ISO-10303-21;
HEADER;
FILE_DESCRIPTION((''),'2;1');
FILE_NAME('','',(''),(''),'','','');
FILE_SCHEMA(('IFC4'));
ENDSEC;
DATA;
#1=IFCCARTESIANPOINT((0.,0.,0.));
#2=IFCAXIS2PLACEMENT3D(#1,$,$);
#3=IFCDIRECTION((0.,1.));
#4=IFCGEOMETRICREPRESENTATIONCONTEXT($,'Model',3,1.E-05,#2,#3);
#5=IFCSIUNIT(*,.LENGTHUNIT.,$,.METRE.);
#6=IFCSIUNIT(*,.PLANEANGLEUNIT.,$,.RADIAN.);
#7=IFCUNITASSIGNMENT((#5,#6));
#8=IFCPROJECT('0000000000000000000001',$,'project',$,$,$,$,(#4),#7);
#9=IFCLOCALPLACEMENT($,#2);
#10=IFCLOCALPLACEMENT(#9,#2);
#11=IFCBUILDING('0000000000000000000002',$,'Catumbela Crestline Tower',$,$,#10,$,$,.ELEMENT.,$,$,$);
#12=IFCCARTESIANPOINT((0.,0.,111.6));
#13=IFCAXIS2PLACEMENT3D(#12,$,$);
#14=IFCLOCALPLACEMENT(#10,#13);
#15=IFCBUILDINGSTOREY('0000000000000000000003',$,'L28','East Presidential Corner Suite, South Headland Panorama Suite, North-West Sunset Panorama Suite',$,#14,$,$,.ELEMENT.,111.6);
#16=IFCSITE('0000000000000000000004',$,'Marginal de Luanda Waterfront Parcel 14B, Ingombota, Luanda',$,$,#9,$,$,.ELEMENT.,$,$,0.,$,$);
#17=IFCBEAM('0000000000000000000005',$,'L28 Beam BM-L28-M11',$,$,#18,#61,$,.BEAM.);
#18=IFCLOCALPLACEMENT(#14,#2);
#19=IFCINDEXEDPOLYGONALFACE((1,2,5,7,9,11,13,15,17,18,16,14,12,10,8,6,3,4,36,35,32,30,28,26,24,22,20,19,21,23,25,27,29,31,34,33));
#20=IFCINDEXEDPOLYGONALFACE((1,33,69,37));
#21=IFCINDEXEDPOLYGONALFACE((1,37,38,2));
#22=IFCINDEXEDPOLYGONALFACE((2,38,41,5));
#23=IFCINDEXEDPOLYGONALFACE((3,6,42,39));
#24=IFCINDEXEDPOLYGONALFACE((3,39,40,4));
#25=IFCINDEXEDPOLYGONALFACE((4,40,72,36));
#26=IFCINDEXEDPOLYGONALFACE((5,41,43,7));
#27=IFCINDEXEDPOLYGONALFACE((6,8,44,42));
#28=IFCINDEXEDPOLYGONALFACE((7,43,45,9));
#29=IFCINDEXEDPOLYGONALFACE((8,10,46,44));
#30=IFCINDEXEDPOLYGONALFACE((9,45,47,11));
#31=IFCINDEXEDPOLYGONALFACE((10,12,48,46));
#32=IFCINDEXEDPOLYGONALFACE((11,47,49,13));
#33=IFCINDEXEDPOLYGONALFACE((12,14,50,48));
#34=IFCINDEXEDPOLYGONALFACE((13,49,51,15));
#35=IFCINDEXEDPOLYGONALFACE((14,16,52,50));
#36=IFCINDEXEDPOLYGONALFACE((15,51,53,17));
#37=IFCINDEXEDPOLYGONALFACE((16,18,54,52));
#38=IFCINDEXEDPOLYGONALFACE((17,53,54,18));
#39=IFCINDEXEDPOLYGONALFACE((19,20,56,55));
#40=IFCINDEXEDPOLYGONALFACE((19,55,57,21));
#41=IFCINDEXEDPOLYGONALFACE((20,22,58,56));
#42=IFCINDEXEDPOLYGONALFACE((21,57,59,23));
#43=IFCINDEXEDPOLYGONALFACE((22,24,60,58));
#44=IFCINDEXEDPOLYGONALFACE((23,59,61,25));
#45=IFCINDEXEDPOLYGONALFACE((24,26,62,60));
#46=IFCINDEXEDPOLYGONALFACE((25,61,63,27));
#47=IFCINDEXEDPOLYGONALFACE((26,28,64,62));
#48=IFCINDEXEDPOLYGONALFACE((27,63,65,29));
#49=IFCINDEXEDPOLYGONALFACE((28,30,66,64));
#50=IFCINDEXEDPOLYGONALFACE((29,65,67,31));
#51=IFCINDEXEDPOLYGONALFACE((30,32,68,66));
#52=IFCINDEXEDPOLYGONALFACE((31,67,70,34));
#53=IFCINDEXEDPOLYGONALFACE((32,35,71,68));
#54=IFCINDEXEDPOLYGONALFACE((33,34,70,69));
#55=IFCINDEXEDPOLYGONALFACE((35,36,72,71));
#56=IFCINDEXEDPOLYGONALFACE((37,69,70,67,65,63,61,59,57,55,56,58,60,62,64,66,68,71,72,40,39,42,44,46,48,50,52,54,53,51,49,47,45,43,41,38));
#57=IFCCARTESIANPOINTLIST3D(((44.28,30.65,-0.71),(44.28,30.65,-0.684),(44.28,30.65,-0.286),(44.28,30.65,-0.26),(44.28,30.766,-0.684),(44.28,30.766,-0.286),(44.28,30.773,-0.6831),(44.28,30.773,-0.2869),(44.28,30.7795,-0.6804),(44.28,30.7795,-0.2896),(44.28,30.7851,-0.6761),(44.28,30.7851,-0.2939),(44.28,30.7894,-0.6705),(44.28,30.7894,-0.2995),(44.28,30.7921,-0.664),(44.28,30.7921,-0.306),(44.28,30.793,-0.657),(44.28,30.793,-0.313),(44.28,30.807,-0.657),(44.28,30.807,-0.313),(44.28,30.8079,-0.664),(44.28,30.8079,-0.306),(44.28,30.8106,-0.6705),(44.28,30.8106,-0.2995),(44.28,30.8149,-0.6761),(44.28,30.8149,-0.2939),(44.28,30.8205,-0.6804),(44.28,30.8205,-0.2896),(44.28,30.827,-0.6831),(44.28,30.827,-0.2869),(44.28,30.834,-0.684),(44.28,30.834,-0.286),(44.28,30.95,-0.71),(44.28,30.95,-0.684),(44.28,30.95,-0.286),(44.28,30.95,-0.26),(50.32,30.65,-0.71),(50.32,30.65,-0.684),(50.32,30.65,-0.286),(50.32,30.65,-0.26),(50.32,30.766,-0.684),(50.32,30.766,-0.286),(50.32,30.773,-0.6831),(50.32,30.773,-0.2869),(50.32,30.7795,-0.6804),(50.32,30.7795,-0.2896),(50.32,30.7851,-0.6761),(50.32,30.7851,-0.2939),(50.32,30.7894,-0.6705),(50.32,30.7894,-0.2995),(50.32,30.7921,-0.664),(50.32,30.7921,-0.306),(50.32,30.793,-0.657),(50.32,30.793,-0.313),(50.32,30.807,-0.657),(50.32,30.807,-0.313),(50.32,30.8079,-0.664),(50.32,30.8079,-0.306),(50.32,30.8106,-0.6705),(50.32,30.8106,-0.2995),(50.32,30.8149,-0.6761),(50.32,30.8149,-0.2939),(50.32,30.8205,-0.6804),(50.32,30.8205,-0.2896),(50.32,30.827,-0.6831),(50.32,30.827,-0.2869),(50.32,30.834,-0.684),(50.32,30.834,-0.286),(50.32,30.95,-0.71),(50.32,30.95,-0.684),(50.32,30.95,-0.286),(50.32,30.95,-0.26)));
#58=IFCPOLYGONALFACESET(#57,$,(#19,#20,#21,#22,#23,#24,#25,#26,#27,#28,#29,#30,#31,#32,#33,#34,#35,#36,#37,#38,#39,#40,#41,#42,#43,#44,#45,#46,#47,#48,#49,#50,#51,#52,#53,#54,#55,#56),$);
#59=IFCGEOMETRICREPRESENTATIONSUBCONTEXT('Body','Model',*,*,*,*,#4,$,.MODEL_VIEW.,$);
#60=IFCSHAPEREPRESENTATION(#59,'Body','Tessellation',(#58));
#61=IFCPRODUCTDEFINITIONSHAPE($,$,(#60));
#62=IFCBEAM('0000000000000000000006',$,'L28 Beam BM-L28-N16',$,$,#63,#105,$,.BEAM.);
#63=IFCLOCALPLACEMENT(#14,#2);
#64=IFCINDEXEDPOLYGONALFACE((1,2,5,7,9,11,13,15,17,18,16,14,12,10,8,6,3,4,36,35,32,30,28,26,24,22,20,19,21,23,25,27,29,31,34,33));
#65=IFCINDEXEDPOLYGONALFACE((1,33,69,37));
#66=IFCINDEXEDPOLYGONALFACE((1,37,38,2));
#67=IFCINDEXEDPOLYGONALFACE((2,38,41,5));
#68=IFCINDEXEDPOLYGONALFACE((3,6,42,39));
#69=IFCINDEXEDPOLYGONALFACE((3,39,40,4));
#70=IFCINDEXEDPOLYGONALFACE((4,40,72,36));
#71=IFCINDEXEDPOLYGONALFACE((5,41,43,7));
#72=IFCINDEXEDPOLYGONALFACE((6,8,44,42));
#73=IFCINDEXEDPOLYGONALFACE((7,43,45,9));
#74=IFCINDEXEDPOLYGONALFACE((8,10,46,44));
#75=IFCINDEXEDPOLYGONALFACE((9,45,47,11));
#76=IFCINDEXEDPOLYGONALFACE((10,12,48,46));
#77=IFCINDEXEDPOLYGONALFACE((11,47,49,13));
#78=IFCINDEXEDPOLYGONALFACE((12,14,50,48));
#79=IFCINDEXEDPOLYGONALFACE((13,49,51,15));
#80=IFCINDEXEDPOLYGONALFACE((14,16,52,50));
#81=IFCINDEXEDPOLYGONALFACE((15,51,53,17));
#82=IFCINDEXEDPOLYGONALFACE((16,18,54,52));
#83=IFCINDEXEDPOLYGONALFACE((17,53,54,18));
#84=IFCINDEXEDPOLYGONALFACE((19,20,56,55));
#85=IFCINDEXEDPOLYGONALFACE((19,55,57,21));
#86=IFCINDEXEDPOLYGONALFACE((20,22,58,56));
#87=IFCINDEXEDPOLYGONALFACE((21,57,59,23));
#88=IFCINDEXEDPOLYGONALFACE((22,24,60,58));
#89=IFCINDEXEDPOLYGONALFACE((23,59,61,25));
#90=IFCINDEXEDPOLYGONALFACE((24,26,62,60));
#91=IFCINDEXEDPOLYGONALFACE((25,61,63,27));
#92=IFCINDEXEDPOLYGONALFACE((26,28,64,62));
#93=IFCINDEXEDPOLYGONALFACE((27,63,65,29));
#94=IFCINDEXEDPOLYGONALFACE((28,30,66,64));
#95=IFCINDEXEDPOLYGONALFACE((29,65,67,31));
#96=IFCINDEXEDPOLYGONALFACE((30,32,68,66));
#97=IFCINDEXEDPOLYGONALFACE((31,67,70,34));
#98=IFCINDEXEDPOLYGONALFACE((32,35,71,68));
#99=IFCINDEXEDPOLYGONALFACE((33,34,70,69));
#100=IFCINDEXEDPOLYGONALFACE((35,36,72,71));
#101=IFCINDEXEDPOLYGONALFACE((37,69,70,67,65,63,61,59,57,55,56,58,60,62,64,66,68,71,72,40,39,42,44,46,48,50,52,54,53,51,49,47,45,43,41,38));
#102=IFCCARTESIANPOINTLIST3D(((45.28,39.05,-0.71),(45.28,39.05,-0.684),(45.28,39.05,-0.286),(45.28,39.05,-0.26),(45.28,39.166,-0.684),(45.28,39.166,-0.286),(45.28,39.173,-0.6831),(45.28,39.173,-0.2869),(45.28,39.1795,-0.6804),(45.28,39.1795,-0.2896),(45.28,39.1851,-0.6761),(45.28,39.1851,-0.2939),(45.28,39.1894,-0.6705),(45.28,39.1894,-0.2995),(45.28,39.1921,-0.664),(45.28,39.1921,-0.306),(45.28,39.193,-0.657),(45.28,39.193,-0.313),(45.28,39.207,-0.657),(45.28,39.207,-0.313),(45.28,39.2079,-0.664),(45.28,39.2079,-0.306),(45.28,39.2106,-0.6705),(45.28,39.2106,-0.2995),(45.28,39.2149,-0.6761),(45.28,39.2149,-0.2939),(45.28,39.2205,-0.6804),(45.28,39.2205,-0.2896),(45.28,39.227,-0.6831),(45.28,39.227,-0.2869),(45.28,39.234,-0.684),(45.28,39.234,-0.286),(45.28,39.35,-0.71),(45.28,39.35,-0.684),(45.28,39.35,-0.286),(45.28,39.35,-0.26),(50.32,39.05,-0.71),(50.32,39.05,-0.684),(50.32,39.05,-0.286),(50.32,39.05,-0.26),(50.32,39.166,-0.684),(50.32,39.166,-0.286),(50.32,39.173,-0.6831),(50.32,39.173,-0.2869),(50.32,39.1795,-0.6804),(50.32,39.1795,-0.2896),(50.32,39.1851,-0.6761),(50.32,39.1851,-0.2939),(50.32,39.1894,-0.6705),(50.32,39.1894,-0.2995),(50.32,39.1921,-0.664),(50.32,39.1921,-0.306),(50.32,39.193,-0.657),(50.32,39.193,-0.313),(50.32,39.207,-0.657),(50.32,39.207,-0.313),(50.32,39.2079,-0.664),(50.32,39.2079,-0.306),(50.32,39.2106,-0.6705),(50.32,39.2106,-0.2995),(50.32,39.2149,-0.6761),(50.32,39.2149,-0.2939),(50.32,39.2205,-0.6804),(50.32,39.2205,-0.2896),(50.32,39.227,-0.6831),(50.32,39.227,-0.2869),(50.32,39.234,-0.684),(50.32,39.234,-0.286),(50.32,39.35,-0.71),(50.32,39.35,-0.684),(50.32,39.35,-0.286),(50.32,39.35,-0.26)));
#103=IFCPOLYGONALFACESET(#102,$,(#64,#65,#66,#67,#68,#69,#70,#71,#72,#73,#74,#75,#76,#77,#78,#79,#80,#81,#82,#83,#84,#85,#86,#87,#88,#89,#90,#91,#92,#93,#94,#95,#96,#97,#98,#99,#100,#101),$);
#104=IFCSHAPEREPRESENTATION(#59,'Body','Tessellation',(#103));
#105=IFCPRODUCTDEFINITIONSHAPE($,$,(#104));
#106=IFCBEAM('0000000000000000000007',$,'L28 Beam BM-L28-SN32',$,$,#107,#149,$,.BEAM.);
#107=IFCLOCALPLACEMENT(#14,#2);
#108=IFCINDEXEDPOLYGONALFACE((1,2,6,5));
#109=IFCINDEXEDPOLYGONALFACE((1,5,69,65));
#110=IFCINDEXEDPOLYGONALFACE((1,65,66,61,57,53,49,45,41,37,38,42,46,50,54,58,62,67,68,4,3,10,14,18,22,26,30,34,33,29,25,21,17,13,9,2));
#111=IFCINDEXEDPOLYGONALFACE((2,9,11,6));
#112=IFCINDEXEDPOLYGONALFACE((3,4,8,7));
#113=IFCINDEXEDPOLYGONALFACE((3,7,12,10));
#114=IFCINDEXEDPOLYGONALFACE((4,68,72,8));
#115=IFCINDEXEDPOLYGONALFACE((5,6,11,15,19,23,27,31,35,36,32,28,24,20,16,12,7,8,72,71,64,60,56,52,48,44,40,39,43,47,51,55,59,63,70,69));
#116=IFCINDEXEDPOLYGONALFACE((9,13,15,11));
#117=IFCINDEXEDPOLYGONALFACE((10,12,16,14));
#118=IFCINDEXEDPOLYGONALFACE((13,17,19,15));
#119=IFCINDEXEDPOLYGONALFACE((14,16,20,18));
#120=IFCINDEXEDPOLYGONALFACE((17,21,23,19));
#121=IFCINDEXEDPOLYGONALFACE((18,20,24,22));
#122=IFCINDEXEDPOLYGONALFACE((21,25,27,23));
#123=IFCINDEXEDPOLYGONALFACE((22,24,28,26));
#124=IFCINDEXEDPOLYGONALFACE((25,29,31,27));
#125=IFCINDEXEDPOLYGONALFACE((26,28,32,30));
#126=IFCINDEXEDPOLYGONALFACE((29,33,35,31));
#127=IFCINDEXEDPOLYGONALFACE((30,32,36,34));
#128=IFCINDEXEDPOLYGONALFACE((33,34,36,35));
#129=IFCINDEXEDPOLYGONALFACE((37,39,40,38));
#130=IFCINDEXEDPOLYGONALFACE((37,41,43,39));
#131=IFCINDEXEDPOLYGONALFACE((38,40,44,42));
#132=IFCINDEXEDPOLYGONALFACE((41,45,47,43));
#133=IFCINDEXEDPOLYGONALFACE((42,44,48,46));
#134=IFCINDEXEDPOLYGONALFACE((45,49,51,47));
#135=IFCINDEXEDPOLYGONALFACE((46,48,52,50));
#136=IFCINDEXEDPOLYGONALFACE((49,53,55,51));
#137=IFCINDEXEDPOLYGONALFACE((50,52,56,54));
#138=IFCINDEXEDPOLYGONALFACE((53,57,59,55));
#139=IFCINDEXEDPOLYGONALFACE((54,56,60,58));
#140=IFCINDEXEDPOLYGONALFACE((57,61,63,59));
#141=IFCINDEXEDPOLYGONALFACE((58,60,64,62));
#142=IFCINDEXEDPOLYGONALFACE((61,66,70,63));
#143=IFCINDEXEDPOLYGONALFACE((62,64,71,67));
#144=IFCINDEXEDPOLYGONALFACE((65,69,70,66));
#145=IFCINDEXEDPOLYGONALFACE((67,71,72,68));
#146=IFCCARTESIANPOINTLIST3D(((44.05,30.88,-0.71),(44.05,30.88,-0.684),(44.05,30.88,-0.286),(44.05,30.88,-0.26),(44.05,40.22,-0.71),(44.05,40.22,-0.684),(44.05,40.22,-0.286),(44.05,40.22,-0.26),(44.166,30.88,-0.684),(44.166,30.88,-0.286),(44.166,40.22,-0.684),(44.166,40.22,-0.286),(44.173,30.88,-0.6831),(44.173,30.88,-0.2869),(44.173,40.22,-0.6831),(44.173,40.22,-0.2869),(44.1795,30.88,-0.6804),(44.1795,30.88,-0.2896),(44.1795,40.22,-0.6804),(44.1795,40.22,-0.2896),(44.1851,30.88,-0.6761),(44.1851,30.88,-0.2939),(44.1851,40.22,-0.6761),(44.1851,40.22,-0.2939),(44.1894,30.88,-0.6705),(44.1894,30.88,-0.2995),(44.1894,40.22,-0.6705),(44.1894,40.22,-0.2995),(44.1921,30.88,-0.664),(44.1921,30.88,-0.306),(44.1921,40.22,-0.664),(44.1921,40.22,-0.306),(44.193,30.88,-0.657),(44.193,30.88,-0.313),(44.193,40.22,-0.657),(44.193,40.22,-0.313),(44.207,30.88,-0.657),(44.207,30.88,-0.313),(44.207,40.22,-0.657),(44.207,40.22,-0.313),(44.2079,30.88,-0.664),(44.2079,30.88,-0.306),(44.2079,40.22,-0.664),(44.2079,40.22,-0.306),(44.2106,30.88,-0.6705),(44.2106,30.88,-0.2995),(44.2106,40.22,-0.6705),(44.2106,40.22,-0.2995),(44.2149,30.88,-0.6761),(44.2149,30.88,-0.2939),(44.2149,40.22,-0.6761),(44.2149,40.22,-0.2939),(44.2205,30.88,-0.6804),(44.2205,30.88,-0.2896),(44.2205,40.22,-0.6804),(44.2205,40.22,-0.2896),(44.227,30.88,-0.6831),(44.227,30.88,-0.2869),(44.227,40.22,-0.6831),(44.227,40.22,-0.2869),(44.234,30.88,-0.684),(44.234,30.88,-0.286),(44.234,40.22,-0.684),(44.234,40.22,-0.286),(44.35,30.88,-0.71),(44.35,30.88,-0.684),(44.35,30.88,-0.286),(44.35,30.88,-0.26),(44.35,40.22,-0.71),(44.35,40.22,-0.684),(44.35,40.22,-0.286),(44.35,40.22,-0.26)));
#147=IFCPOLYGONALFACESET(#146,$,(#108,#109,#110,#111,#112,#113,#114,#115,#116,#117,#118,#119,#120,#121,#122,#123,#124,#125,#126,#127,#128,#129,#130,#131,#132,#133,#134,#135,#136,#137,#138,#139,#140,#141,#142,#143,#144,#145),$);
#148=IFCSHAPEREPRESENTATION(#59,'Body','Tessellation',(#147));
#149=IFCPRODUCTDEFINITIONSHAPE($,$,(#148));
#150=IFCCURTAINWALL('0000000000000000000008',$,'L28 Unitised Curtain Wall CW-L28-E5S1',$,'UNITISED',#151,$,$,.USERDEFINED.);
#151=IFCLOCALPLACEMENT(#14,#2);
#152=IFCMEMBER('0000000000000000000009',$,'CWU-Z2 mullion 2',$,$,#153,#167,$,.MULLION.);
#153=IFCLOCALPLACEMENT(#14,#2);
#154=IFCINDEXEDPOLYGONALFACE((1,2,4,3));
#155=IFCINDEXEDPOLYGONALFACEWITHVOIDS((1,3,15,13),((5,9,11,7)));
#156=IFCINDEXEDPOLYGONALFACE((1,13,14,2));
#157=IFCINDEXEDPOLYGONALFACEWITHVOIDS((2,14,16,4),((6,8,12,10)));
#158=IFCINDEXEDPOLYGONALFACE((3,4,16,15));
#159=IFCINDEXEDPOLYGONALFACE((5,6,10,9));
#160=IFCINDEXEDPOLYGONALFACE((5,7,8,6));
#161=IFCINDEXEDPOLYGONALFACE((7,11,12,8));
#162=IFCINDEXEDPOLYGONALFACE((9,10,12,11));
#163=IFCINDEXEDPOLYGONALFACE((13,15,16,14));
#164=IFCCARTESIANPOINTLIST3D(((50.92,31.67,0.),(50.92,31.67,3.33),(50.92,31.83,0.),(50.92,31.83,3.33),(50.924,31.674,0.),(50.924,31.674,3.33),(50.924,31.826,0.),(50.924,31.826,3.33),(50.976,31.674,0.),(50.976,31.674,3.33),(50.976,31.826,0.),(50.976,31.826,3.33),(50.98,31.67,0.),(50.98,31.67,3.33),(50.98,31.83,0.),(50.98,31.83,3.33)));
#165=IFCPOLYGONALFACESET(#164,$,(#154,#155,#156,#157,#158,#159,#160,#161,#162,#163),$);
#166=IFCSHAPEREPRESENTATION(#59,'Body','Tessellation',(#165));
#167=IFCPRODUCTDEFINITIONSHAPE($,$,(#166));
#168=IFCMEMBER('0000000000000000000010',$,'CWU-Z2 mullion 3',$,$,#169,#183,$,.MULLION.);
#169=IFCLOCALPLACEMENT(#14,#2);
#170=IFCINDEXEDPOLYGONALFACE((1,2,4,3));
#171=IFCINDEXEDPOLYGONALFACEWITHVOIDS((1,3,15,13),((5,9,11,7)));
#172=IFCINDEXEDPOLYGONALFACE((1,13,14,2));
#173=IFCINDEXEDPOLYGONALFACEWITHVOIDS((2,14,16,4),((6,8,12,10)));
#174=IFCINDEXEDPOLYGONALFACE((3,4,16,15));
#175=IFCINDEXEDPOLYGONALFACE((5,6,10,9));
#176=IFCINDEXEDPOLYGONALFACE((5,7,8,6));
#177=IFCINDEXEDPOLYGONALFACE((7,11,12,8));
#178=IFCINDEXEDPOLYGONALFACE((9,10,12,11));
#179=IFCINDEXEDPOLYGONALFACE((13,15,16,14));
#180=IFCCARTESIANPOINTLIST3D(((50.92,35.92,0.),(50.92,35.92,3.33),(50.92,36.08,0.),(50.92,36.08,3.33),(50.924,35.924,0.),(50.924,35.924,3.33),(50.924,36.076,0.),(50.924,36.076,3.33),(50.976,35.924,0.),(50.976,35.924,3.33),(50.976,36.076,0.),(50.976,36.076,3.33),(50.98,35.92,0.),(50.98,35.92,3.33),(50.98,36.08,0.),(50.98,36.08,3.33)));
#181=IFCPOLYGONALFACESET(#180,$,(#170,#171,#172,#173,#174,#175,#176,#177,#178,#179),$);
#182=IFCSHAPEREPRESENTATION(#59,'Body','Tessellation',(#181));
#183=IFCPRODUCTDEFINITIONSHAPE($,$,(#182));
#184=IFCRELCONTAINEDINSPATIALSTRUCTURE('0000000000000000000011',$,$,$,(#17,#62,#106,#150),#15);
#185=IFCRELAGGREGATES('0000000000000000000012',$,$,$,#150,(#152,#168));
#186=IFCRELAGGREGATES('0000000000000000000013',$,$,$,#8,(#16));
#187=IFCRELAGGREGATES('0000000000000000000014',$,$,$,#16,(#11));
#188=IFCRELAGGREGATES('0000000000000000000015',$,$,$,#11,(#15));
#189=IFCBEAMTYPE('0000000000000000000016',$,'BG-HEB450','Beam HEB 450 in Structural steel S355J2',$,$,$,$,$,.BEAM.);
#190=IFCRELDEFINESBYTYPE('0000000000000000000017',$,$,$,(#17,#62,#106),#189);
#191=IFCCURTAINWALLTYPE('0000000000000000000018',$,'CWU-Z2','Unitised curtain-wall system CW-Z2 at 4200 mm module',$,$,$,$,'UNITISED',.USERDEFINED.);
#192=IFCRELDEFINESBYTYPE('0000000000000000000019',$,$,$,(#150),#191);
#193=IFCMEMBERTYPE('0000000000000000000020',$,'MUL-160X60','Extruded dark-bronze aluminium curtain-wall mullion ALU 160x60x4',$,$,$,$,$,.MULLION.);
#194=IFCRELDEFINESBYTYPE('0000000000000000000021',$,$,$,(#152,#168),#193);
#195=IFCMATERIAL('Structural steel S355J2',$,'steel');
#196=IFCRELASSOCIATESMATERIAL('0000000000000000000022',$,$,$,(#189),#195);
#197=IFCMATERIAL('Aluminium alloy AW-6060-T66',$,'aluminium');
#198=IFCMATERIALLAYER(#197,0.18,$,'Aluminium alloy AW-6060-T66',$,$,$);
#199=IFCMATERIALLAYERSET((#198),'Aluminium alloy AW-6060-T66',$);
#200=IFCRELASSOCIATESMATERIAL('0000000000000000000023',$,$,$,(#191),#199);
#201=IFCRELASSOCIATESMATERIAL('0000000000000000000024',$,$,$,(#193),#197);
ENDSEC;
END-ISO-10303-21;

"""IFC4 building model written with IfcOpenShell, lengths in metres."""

from ifc_helpers import new_model, si_unit, direction, frame, origin, origin_2d, place, context, subcontext, project, spatial, hollow_rectangle, i_section, extrude, material, layer, layer_set, material_profile, profile_set, type_object, element, aggregate, save


model = new_model("IFC4")

# Units and contexts
model_context = context("Model", 3, precision=1e-05, world=origin(), true_north=direction((0.0, 1.0)))
body_context = subcontext(model_context, "Body", "Model", "MODEL_VIEW")
ifc_project = project(units=[si_unit("LENGTHUNIT", "METRE"), si_unit("PLANEANGLEUNIT", "RADIAN")], contexts=[model_context])

# Site, building, storey
site_placement = place(None, origin())
site = spatial("IfcSite", under=ifc_project, at=site_placement, Name="Marginal de Luanda Waterfront Parcel 14B, Ingombota, Luanda", CompositionType="ELEMENT", RefElevation=0.0)
building_placement = place(site_placement, origin())
building = spatial("IfcBuilding", under=site, at=building_placement, Name="Catumbela Crestline Tower", CompositionType="ELEMENT")
storey_placement = place(building_placement, frame((0.0, 0.0, 111.6)))
storey = spatial("IfcBuildingStorey", under=building, at=storey_placement, Name="L28", Description="East Presidential Corner Suite, South Headland Panorama Suite, North-West Sunset Panorama Suite", CompositionType="ELEMENT", Elevation=111.6)

# Beams
ifc_material_1 = material(Name="Structural steel S355J2", Category="steel")
ifc_material_profile_1 = material_profile(ifc_material_1, i_section(OverallWidth=0.3, OverallDepth=0.45, WebThickness=0.014, FlangeThickness=0.026, FilletRadius=0.027, at=origin_2d()), Name="HEB 450")
ifc_profile_set_1 = profile_set([ifc_material_profile_1], Name="Structural steel S355J2")
beam_type_1 = type_object("IfcBeamType", Name="BG-HEB450", Description="Beam HEB 450 in Structural steel S355J2", PredefinedType="BEAM", material=ifc_profile_set_1)
beam_1_placement = place(storey_placement, frame((44.28, 30.8, -0.485), z_axis=(1.0, 0.0, 0.0), x_axis=(0.0, 1.0, 0.0)))
element("IfcBeam", 1, at=beam_1_placement, inside=storey, type_object=beam_type_1, Name="L28 Beam BM-L28-M11", PredefinedType="BEAM", context=body_context, shape_type="SweptSolid", body=[
    extrude(i_section(OverallWidth=0.3, OverallDepth=0.45, WebThickness=0.014, FlangeThickness=0.026, FilletRadius=0.027, at=origin_2d()), origin(), (0.0, 0.0, 1.0), 6.04),
])
beam_2_placement = place(storey_placement, frame((45.28, 39.2, -0.485), z_axis=(1.0, 0.0, 0.0), x_axis=(0.0, 1.0, 0.0)))
element("IfcBeam", 2, at=beam_2_placement, inside=storey, type_object=beam_type_1, Name="L28 Beam BM-L28-N16", PredefinedType="BEAM", context=body_context, shape_type="SweptSolid", body=[
    extrude(i_section(OverallWidth=0.3, OverallDepth=0.45, WebThickness=0.014, FlangeThickness=0.026, FilletRadius=0.027, at=origin_2d()), origin(), (0.0, 0.0, 1.0), 5.04),
])
beam_3_placement = place(storey_placement, frame((44.2, 30.88, -0.485), z_axis=(0.0, 1.0, 0.0), x_axis=(-1.0, 0.0, 0.0)))
element("IfcBeam", 3, at=beam_3_placement, inside=storey, type_object=beam_type_1, Name="L28 Beam BM-L28-SN32", PredefinedType="BEAM", context=body_context, shape_type="SweptSolid", body=[
    extrude(i_section(OverallWidth=0.3, OverallDepth=0.45, WebThickness=0.014, FlangeThickness=0.026, FilletRadius=0.027, at=origin_2d()), origin(), (0.0, 0.0, 1.0), 9.34),
])

# Curtain wall, members
ifc_material_2 = material(Name="Aluminium alloy AW-6060-T66", Category="aluminium")
ifc_layer_1 = layer(ifc_material_2, 0.18, Name="Aluminium alloy AW-6060-T66")
ifc_layer_set_1 = layer_set([ifc_layer_1], Name="Aluminium alloy AW-6060-T66")
curtain_wall_type = type_object("IfcCurtainWallType", Name="CWU-Z2", Description="Unitised curtain-wall system CW-Z2 at 4200 mm module", ElementType="UNITISED", PredefinedType="USERDEFINED", material=ifc_layer_set_1)
curtain_wall_placement = place(storey_placement, origin())
curtain_wall = element("IfcCurtainWall", 4, at=curtain_wall_placement, inside=storey, type_object=curtain_wall_type, Name="L28 Unitised Curtain Wall CW-L28-E5S1", ObjectType="UNITISED", PredefinedType="USERDEFINED")
ifc_material_profile_2 = material_profile(ifc_material_2, hollow_rectangle(XDim=0.06, YDim=0.16, WallThickness=0.004, at=origin_2d()), Name="ALU 160x60x4")
ifc_profile_set_2 = profile_set([ifc_material_profile_2], Name="Aluminium alloy AW-6060-T66")
member_type_1 = type_object("IfcMemberType", Name="MUL-160X60", Description="Extruded dark-bronze aluminium curtain-wall mullion ALU 160x60x4", PredefinedType="MULLION", material=ifc_profile_set_2)
member_1_placement = place(storey_placement, frame((50.95, 31.75, 0.0), z_axis=(0.0, 0.0, 1.0), x_axis=(-1.0, 0.0, 0.0)))
member_1 = element("IfcMember", 5, at=member_1_placement, type_object=member_type_1, Name="CWU-Z2 mullion 2", PredefinedType="MULLION", context=body_context, shape_type="SweptSolid", body=[
    extrude(hollow_rectangle(XDim=0.06, YDim=0.16, WallThickness=0.004, at=origin_2d()), origin(), (0.0, 0.0, 1.0), 3.33),
])
member_2_placement = place(storey_placement, frame((50.95, 36.0, 0.0), z_axis=(0.0, 0.0, 1.0), x_axis=(-1.0, 0.0, 0.0)))
member_2 = element("IfcMember", 6, at=member_2_placement, type_object=member_type_1, Name="CWU-Z2 mullion 3", PredefinedType="MULLION", context=body_context, shape_type="SweptSolid", body=[
    extrude(hollow_rectangle(XDim=0.06, YDim=0.16, WallThickness=0.004, at=origin_2d()), origin(), (0.0, 0.0, 1.0), 3.33),
])

aggregate(curtain_wall, [member_1, member_2])

save(model, "model.ifc")
